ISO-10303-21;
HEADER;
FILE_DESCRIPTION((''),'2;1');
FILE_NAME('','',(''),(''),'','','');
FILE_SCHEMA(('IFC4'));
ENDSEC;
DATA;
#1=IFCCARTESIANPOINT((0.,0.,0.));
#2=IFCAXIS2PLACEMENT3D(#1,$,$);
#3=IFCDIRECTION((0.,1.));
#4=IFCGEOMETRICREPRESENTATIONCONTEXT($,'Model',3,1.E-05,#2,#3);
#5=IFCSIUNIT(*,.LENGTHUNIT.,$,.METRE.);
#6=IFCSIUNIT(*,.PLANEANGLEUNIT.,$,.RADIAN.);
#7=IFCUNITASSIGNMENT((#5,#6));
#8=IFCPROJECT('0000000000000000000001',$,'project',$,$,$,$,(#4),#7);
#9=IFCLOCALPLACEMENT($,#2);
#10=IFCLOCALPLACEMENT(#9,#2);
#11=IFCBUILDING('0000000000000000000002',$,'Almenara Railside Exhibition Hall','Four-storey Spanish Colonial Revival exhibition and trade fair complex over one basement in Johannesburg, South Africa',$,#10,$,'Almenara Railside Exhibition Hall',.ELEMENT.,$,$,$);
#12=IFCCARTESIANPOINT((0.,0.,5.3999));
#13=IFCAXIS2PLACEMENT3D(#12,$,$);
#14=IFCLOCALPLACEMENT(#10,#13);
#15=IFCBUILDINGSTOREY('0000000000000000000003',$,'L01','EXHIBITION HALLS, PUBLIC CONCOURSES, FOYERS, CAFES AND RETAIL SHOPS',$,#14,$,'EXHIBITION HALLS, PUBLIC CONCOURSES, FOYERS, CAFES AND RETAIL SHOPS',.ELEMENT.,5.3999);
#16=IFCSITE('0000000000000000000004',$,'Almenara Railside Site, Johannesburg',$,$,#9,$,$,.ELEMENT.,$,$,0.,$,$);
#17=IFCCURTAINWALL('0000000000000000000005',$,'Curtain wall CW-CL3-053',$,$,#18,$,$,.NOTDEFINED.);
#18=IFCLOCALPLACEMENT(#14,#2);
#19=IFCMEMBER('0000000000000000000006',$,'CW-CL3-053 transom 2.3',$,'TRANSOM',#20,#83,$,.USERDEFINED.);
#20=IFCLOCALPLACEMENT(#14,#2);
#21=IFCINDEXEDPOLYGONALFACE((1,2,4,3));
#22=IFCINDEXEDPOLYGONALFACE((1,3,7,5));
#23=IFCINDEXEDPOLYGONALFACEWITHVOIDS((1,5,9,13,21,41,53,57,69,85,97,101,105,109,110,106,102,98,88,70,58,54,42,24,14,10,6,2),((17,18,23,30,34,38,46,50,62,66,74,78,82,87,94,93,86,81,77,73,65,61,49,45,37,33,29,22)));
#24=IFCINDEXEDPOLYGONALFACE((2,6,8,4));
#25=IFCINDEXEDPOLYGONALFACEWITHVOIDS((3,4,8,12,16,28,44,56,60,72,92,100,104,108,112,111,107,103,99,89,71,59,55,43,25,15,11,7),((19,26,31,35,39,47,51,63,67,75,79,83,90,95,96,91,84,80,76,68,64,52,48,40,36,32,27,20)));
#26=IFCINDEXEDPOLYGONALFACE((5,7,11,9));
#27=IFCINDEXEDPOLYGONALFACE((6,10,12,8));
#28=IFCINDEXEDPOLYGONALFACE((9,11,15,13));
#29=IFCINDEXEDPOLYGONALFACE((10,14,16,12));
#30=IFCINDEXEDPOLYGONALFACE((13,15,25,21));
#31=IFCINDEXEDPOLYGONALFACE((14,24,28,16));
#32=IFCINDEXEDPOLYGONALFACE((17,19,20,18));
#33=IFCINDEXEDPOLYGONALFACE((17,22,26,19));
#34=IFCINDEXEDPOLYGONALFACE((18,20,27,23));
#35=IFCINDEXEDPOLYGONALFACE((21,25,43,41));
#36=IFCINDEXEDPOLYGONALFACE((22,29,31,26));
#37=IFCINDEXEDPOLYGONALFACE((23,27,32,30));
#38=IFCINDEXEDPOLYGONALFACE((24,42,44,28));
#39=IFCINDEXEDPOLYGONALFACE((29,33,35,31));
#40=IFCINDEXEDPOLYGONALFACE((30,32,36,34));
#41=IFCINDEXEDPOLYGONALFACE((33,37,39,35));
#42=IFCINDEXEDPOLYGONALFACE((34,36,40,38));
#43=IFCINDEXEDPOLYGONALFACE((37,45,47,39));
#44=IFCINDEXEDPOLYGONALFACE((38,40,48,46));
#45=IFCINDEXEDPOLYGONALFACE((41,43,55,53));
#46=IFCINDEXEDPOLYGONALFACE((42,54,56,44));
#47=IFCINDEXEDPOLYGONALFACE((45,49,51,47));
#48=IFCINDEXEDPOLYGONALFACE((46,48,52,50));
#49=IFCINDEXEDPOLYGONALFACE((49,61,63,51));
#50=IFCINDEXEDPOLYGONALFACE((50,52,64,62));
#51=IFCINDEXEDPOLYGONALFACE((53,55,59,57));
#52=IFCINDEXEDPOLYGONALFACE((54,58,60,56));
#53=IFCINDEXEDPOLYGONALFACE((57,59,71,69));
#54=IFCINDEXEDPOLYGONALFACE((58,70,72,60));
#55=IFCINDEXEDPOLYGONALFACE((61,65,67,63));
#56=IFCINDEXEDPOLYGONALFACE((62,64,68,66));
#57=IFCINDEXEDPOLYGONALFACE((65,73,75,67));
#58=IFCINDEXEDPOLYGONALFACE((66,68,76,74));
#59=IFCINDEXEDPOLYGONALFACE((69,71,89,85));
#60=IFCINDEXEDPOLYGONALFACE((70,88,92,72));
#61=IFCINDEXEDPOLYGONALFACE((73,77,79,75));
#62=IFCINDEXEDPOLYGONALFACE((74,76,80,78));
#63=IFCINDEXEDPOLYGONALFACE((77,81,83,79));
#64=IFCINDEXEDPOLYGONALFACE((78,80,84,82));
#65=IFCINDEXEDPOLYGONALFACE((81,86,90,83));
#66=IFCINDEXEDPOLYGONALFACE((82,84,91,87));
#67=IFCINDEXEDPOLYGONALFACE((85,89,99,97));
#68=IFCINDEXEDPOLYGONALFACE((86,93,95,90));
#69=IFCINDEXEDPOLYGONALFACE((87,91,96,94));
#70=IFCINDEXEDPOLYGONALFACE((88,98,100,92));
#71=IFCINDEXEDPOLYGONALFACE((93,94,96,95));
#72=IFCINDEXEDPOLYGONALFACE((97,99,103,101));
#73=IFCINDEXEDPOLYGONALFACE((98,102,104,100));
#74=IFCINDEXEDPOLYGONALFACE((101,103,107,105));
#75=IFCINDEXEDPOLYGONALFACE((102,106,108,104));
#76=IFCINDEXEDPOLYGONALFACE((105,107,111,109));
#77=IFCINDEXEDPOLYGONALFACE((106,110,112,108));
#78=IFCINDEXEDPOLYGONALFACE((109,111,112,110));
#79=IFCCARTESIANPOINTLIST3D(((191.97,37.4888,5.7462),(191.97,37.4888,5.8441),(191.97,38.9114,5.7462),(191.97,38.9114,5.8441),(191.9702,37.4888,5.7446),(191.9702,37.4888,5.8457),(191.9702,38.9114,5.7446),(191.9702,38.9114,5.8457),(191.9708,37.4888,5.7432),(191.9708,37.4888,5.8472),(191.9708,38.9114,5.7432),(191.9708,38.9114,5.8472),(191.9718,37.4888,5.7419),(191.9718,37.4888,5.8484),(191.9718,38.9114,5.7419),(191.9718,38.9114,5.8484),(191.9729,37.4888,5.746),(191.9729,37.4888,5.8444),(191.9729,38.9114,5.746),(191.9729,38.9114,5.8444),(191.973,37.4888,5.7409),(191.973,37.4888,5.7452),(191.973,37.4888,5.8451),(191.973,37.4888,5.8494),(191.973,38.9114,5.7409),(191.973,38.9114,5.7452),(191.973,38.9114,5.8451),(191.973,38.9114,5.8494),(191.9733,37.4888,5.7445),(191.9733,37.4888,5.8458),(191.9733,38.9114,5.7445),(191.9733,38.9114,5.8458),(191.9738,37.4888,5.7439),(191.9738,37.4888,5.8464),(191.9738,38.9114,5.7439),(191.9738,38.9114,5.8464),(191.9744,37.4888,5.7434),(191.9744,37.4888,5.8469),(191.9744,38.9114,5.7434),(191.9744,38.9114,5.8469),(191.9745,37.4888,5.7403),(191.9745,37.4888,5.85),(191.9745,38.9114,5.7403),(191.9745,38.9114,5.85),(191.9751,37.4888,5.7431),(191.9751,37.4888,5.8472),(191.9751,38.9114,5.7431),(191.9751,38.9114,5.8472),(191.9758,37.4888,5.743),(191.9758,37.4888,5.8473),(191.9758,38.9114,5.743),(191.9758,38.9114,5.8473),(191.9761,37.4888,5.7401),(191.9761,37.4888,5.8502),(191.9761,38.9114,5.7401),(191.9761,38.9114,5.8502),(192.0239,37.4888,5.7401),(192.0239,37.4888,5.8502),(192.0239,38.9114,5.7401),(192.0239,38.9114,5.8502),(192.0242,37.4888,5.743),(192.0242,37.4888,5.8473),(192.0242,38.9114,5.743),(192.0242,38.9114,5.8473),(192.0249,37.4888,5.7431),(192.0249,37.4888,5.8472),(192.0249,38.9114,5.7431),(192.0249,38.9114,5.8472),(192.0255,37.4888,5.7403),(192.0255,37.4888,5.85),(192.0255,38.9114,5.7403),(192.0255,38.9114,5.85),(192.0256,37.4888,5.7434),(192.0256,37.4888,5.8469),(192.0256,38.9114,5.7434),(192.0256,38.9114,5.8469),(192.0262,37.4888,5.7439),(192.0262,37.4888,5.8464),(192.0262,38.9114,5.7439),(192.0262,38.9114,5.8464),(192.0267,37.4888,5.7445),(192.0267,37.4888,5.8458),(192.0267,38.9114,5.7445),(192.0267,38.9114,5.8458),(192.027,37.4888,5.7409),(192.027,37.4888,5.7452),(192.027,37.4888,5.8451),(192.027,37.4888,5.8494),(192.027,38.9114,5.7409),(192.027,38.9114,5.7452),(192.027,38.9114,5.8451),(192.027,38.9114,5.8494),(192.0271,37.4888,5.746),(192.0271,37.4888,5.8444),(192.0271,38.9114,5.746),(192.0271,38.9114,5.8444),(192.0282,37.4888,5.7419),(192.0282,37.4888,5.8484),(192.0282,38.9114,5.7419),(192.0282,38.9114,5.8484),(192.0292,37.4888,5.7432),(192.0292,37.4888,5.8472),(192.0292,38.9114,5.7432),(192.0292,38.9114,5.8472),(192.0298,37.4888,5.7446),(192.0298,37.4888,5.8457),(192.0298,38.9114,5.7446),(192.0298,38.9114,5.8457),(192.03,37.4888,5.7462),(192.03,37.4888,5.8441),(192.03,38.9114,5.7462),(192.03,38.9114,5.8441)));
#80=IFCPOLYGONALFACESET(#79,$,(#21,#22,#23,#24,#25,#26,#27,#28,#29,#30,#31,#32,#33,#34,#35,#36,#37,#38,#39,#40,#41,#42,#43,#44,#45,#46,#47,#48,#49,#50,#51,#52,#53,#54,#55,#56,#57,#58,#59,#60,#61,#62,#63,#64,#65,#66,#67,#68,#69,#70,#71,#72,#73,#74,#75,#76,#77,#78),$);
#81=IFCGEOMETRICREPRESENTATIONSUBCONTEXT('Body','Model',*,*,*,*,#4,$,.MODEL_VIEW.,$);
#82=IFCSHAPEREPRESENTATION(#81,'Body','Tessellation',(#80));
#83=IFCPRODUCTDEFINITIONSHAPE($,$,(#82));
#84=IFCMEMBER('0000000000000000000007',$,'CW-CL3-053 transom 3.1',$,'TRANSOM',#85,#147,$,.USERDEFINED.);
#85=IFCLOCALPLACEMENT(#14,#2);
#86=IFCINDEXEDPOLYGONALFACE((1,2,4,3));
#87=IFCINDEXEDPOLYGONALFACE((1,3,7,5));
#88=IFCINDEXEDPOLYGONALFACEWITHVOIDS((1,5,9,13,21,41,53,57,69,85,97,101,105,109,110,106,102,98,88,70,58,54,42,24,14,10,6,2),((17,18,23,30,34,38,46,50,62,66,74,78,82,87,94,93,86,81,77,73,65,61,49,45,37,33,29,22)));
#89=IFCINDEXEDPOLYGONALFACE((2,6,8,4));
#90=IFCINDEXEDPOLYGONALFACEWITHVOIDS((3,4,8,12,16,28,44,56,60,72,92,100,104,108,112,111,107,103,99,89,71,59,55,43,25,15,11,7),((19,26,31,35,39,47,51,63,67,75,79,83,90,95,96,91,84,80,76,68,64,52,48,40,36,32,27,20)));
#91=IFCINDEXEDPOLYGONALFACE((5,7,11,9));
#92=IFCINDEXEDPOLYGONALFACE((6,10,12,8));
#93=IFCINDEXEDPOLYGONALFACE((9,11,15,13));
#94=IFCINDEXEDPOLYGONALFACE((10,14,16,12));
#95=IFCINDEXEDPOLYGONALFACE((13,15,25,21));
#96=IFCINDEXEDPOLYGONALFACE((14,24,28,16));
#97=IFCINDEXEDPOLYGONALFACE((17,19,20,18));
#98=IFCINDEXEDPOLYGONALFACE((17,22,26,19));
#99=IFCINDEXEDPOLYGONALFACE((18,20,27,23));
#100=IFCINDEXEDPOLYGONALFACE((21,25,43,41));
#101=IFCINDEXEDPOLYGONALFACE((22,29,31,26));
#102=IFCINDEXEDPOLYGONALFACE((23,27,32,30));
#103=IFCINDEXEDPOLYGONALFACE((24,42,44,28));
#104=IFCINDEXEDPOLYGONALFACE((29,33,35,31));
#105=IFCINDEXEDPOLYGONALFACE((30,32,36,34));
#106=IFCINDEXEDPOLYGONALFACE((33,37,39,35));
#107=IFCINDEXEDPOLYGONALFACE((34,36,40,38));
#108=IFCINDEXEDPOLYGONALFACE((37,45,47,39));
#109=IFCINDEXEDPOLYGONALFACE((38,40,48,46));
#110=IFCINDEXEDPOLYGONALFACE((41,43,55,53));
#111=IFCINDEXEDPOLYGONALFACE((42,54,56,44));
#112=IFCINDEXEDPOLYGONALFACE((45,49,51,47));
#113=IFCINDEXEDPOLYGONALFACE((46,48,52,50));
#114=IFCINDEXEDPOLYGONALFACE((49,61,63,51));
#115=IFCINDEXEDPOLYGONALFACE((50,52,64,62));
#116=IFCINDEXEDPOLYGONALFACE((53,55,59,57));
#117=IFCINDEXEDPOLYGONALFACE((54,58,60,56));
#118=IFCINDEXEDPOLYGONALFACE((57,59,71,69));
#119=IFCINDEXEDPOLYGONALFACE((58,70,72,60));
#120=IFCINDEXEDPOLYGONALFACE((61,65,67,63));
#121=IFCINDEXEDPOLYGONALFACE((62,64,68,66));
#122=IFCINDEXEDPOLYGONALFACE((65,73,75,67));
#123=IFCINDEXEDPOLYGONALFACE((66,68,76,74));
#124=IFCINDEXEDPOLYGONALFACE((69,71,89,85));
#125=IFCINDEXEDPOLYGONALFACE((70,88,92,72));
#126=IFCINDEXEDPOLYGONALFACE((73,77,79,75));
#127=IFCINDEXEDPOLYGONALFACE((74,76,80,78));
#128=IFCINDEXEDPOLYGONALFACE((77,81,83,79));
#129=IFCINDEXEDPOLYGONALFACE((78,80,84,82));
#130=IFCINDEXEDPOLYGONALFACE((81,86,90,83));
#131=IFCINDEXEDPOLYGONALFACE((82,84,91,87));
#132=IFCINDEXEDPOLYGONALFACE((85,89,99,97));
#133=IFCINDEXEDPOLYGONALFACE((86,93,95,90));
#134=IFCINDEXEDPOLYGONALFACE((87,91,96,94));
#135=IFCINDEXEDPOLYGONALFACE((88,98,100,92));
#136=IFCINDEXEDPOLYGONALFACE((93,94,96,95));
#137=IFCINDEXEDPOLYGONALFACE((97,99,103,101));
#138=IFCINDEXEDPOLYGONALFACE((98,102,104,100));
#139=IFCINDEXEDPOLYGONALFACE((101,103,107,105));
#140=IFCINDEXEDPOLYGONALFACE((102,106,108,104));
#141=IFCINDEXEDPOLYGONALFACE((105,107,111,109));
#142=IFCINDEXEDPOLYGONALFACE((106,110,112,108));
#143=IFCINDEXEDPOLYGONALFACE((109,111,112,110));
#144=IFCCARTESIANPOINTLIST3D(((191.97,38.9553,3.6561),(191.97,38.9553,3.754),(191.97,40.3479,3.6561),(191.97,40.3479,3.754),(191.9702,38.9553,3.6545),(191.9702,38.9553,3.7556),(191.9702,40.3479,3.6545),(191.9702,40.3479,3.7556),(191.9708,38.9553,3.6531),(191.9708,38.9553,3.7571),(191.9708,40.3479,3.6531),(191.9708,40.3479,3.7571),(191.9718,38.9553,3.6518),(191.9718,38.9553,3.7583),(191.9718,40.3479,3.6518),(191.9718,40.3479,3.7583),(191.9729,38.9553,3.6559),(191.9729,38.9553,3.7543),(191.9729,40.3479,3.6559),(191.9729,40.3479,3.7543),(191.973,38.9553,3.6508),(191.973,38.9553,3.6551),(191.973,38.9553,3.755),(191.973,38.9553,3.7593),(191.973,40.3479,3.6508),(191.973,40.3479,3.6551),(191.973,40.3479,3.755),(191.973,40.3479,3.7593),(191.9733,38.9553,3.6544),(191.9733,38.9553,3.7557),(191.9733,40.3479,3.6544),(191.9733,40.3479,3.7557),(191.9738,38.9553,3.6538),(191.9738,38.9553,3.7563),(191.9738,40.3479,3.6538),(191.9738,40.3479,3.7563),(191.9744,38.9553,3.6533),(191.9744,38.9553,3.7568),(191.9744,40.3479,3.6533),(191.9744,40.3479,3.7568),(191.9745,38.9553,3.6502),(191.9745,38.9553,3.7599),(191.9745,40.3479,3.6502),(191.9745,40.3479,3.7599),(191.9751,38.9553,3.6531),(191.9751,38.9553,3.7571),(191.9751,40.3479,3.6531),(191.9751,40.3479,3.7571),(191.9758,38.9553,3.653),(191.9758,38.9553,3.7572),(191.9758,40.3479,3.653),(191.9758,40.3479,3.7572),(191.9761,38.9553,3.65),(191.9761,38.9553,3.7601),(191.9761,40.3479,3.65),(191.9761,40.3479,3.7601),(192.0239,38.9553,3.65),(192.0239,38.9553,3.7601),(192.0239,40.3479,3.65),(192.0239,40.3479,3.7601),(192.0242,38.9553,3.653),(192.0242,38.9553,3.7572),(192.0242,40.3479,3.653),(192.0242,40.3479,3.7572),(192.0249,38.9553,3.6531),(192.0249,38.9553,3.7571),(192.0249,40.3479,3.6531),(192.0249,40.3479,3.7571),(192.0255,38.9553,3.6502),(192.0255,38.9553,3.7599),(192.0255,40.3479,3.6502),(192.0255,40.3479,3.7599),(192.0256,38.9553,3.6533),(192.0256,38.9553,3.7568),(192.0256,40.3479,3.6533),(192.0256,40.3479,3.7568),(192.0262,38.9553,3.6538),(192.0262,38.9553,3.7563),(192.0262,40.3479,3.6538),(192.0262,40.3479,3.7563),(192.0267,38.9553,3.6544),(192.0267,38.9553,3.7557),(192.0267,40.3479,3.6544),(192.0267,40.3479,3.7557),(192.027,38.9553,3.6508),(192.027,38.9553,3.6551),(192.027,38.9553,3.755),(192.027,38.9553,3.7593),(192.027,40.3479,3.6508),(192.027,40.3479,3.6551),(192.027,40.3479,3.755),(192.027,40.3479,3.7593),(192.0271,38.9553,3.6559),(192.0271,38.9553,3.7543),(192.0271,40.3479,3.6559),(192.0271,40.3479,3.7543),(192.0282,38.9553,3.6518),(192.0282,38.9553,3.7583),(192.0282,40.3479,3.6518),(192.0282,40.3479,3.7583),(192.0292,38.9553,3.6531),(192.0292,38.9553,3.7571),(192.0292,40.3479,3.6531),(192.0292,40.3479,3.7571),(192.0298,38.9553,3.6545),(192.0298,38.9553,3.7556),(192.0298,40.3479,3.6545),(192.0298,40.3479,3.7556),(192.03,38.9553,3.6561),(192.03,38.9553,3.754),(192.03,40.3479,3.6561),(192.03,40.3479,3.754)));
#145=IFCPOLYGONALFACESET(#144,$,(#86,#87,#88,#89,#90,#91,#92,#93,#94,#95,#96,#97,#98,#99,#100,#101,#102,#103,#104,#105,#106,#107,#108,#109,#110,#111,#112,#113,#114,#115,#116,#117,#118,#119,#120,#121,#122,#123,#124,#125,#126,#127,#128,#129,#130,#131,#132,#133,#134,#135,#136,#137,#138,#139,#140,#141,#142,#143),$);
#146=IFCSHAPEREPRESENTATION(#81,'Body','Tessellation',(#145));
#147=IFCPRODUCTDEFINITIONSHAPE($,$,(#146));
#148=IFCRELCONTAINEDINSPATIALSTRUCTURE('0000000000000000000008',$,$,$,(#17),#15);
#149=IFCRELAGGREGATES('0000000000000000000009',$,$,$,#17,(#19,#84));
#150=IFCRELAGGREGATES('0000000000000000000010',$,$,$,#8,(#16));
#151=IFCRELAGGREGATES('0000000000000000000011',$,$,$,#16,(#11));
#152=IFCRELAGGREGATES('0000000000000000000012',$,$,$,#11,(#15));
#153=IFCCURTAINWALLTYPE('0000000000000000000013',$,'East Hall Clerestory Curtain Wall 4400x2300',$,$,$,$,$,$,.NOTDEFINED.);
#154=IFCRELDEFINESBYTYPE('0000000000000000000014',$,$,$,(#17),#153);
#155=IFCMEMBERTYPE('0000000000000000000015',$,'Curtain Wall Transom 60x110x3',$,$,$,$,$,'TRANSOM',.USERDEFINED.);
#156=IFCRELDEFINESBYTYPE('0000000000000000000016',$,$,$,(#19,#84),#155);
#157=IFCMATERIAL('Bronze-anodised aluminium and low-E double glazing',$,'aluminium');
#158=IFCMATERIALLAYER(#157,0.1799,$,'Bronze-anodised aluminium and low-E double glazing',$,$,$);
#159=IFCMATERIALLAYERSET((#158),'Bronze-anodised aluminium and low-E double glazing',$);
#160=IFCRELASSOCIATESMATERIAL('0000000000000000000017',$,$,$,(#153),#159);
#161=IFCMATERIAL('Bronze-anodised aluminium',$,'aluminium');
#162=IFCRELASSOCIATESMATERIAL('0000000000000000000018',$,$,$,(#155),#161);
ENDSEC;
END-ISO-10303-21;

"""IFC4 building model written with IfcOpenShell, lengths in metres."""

from ifc_helpers import new_model, si_unit, direction, frame, origin, origin_2d, place, context, subcontext, project, spatial, hollow_rectangle, extrude, material, layer, layer_set, material_profile, profile_set, type_object, element, aggregate, save


model = new_model("IFC4")

# Units and contexts
model_context = context("Model", 3, precision=1e-05, world=origin(), true_north=direction((0.0, 1.0)))
body_context = subcontext(model_context, "Body", "Model", "MODEL_VIEW")
ifc_project = project(units=[si_unit("LENGTHUNIT", "METRE"), si_unit("PLANEANGLEUNIT", "RADIAN")], contexts=[model_context])

# Site, building, storey
site_placement = place(None, origin())
site = spatial("IfcSite", under=ifc_project, at=site_placement, Name="Almenara Railside Site, Johannesburg", CompositionType="ELEMENT", RefElevation=0.0)
building_placement = place(site_placement, origin())
building = spatial("IfcBuilding", under=site, at=building_placement, Name="Almenara Railside Exhibition Hall", Description="Four-storey Spanish Colonial Revival exhibition and trade fair complex over one basement in Johannesburg, South Africa", LongName="Almenara Railside Exhibition Hall", CompositionType="ELEMENT")
storey_placement = place(building_placement, frame((0.0, 0.0, 5.3999)))
storey = spatial("IfcBuildingStorey", under=building, at=storey_placement, Name="L01", Description="EXHIBITION HALLS, PUBLIC CONCOURSES, FOYERS, CAFES AND RETAIL SHOPS", LongName="EXHIBITION HALLS, PUBLIC CONCOURSES, FOYERS, CAFES AND RETAIL SHOPS", CompositionType="ELEMENT", Elevation=5.3999)

# Curtain wall
ifc_material_1 = material(Name="Bronze-anodised aluminium and low-E double glazing", Category="aluminium")
ifc_layer_1 = layer(ifc_material_1, 0.1799, Name="Bronze-anodised aluminium and low-E double glazing")
ifc_layer_set_1 = layer_set([ifc_layer_1], Name="Bronze-anodised aluminium and low-E double glazing")
curtain_wall_type = type_object("IfcCurtainWallType", Name="East Hall Clerestory Curtain Wall 4400x2300", PredefinedType="NOTDEFINED", material=ifc_layer_set_1)
ifc_material_2 = material(Name="Bronze-anodised aluminium", Category="aluminium")
curtain_wall_1_placement = place(storey_placement, origin())
curtain_wall_1 = element("IfcCurtainWall", 1, at=curtain_wall_1_placement, inside=storey, type_object=curtain_wall_type, Name="Curtain wall CW-CL3-053", PredefinedType="NOTDEFINED")

# Members
ifc_material_profile_1 = material_profile(ifc_material_2, hollow_rectangle(XDim=0.0601, YDim=0.1101, WallThickness=0.0029, InnerFilletRadius=0.0029, OuterFilletRadius=0.0061, at=origin_2d()), Name="ALU-TRN 60x110x3")
ifc_profile_set_1 = profile_set([ifc_material_profile_1], Name="Bronze-anodised aluminium")
member_type_1 = type_object("IfcMemberType", Name="Curtain Wall Transom 60x110x3", ElementType="TRANSOM", PredefinedType="USERDEFINED", material=ifc_profile_set_1)
member_1_placement = place(storey_placement, frame((192.0, 37.4888, 5.7952), z_axis=(0.0, 1.0, 0.0), x_axis=(-1.0, 0.0, 0.0)))
member_1 = element("IfcMember", 2, at=member_1_placement, type_object=member_type_1, Name="CW-CL3-053 transom 2.3", ObjectType="TRANSOM", PredefinedType="USERDEFINED", context=body_context, shape_type="SweptSolid", body=[
    extrude(hollow_rectangle(XDim=0.0601, YDim=0.1101, WallThickness=0.0029, InnerFilletRadius=0.0029, OuterFilletRadius=0.0061, at=origin_2d()), origin(), (0.0, 0.0, 1.0), 1.4226),
])
member_2_placement = place(storey_placement, frame((192.0, 38.9553, 3.7051), z_axis=(0.0, 1.0, 0.0), x_axis=(-1.0, 0.0, 0.0)))
member_2 = element("IfcMember", 3, at=member_2_placement, type_object=member_type_1, Name="CW-CL3-053 transom 3.1", ObjectType="TRANSOM", PredefinedType="USERDEFINED", context=body_context, shape_type="SweptSolid", body=[
    extrude(hollow_rectangle(XDim=0.0601, YDim=0.1101, WallThickness=0.0029, InnerFilletRadius=0.0029, OuterFilletRadius=0.0061, at=origin_2d()), origin(), (0.0, 0.0, 1.0), 1.3926),
])

aggregate(curtain_wall_1, [member_1, member_2])

save(model, "model.ifc")
